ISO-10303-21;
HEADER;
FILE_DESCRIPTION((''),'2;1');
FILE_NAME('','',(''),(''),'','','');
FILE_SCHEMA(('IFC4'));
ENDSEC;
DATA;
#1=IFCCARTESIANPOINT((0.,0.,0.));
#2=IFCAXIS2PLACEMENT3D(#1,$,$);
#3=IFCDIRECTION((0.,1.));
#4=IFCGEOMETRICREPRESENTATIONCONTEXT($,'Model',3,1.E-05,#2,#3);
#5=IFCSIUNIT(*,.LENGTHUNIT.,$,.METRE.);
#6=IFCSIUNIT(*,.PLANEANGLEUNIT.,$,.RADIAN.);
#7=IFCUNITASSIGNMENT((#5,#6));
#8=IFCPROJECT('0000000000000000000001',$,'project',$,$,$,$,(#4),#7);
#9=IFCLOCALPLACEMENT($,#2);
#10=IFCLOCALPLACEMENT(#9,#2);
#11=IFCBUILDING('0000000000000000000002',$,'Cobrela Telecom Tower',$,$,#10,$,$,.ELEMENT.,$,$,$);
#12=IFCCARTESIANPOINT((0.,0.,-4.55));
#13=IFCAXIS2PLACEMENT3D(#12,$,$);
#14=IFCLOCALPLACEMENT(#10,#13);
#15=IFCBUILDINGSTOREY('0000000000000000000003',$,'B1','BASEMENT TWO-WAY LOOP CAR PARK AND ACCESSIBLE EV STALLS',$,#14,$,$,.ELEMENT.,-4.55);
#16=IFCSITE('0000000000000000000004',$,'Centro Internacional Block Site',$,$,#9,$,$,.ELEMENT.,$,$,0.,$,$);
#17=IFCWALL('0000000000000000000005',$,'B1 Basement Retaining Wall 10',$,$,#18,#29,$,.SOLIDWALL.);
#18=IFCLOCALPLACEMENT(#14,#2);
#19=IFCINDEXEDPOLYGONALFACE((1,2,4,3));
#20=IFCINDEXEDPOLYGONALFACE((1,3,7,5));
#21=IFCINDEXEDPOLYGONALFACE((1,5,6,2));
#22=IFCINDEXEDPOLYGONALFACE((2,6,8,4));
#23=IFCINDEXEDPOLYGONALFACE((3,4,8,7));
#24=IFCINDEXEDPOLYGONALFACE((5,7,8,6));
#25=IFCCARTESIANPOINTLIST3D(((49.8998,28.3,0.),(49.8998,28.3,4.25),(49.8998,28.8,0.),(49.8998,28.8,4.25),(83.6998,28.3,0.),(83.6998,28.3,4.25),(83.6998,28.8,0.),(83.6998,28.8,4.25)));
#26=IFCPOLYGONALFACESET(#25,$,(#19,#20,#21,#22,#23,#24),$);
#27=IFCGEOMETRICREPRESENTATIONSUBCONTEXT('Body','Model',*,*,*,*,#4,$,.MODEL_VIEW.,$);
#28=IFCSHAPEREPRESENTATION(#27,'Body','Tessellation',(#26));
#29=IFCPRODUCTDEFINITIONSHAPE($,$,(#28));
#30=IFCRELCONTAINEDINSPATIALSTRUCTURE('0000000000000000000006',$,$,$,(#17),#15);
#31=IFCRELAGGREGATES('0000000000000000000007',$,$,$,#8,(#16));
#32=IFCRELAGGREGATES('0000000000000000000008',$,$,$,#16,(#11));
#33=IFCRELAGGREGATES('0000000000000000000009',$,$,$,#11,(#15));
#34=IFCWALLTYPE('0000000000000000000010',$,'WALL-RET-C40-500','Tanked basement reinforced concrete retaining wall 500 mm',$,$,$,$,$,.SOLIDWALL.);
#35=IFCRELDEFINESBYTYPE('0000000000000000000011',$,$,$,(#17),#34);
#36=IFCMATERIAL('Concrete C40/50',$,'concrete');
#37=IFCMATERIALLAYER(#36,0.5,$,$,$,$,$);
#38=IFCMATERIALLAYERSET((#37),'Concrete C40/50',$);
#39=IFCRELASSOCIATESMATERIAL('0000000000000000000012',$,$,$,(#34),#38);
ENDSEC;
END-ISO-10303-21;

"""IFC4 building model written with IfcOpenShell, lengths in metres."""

from ifc_helpers import new_model, si_unit, direction, frame, frame_2d, origin, place, context, subcontext, project, spatial, rectangle, extrude, material, layer, layer_set, type_object, element, save


model = new_model("IFC4")

# Units and contexts
model_context = context("Model", 3, precision=1e-05, world=origin(), true_north=direction((0.0, 1.0)))
body_context = subcontext(model_context, "Body", "Model", "MODEL_VIEW")
ifc_project = project(units=[si_unit("LENGTHUNIT", "METRE"), si_unit("PLANEANGLEUNIT", "RADIAN")], contexts=[model_context])

# Site, building, storey
site_placement = place(None, origin())
site = spatial("IfcSite", under=ifc_project, at=site_placement, Name="Centro Internacional Block Site", CompositionType="ELEMENT", RefElevation=0.0)
building_placement = place(site_placement, origin())
building = spatial("IfcBuilding", under=site, at=building_placement, Name="Cobrela Telecom Tower", CompositionType="ELEMENT")
storey_placement = place(building_placement, frame((0.0, 0.0, -4.55)))
storey = spatial("IfcBuildingStorey", under=building, at=storey_placement, Name="B1", Description="BASEMENT TWO-WAY LOOP CAR PARK AND ACCESSIBLE EV STALLS", CompositionType="ELEMENT", Elevation=-4.55)

# Wall
ifc_material_1 = material(Name="Concrete C40/50", Category="concrete")
ifc_layer = layer(ifc_material_1, 0.5)
ifc_layer_set = layer_set([ifc_layer], Name="Concrete C40/50")
wall_type = type_object("IfcWallType", Name="WALL-RET-C40-500", Description="Tanked basement reinforced concrete retaining wall 500 mm", PredefinedType="SOLIDWALL", material=ifc_layer_set)
wall_placement = place(storey_placement, frame((49.8999, 28.55, 0.0), z_axis=(0.0, 0.0, 1.0), x_axis=(1.0, 0.0, 0.0)))
element("IfcWall", 1, at=wall_placement, inside=storey, type_object=wall_type, Name="B1 Basement Retaining Wall 10", PredefinedType="SOLIDWALL", context=body_context, shape_type="SweptSolid", body=[
    extrude(rectangle(XDim=33.8, YDim=0.5, at=frame_2d((16.8999, 0.0))), origin(), (0.0, 0.0, 1.0), 4.25),
])

save(model, "model.ifc")
